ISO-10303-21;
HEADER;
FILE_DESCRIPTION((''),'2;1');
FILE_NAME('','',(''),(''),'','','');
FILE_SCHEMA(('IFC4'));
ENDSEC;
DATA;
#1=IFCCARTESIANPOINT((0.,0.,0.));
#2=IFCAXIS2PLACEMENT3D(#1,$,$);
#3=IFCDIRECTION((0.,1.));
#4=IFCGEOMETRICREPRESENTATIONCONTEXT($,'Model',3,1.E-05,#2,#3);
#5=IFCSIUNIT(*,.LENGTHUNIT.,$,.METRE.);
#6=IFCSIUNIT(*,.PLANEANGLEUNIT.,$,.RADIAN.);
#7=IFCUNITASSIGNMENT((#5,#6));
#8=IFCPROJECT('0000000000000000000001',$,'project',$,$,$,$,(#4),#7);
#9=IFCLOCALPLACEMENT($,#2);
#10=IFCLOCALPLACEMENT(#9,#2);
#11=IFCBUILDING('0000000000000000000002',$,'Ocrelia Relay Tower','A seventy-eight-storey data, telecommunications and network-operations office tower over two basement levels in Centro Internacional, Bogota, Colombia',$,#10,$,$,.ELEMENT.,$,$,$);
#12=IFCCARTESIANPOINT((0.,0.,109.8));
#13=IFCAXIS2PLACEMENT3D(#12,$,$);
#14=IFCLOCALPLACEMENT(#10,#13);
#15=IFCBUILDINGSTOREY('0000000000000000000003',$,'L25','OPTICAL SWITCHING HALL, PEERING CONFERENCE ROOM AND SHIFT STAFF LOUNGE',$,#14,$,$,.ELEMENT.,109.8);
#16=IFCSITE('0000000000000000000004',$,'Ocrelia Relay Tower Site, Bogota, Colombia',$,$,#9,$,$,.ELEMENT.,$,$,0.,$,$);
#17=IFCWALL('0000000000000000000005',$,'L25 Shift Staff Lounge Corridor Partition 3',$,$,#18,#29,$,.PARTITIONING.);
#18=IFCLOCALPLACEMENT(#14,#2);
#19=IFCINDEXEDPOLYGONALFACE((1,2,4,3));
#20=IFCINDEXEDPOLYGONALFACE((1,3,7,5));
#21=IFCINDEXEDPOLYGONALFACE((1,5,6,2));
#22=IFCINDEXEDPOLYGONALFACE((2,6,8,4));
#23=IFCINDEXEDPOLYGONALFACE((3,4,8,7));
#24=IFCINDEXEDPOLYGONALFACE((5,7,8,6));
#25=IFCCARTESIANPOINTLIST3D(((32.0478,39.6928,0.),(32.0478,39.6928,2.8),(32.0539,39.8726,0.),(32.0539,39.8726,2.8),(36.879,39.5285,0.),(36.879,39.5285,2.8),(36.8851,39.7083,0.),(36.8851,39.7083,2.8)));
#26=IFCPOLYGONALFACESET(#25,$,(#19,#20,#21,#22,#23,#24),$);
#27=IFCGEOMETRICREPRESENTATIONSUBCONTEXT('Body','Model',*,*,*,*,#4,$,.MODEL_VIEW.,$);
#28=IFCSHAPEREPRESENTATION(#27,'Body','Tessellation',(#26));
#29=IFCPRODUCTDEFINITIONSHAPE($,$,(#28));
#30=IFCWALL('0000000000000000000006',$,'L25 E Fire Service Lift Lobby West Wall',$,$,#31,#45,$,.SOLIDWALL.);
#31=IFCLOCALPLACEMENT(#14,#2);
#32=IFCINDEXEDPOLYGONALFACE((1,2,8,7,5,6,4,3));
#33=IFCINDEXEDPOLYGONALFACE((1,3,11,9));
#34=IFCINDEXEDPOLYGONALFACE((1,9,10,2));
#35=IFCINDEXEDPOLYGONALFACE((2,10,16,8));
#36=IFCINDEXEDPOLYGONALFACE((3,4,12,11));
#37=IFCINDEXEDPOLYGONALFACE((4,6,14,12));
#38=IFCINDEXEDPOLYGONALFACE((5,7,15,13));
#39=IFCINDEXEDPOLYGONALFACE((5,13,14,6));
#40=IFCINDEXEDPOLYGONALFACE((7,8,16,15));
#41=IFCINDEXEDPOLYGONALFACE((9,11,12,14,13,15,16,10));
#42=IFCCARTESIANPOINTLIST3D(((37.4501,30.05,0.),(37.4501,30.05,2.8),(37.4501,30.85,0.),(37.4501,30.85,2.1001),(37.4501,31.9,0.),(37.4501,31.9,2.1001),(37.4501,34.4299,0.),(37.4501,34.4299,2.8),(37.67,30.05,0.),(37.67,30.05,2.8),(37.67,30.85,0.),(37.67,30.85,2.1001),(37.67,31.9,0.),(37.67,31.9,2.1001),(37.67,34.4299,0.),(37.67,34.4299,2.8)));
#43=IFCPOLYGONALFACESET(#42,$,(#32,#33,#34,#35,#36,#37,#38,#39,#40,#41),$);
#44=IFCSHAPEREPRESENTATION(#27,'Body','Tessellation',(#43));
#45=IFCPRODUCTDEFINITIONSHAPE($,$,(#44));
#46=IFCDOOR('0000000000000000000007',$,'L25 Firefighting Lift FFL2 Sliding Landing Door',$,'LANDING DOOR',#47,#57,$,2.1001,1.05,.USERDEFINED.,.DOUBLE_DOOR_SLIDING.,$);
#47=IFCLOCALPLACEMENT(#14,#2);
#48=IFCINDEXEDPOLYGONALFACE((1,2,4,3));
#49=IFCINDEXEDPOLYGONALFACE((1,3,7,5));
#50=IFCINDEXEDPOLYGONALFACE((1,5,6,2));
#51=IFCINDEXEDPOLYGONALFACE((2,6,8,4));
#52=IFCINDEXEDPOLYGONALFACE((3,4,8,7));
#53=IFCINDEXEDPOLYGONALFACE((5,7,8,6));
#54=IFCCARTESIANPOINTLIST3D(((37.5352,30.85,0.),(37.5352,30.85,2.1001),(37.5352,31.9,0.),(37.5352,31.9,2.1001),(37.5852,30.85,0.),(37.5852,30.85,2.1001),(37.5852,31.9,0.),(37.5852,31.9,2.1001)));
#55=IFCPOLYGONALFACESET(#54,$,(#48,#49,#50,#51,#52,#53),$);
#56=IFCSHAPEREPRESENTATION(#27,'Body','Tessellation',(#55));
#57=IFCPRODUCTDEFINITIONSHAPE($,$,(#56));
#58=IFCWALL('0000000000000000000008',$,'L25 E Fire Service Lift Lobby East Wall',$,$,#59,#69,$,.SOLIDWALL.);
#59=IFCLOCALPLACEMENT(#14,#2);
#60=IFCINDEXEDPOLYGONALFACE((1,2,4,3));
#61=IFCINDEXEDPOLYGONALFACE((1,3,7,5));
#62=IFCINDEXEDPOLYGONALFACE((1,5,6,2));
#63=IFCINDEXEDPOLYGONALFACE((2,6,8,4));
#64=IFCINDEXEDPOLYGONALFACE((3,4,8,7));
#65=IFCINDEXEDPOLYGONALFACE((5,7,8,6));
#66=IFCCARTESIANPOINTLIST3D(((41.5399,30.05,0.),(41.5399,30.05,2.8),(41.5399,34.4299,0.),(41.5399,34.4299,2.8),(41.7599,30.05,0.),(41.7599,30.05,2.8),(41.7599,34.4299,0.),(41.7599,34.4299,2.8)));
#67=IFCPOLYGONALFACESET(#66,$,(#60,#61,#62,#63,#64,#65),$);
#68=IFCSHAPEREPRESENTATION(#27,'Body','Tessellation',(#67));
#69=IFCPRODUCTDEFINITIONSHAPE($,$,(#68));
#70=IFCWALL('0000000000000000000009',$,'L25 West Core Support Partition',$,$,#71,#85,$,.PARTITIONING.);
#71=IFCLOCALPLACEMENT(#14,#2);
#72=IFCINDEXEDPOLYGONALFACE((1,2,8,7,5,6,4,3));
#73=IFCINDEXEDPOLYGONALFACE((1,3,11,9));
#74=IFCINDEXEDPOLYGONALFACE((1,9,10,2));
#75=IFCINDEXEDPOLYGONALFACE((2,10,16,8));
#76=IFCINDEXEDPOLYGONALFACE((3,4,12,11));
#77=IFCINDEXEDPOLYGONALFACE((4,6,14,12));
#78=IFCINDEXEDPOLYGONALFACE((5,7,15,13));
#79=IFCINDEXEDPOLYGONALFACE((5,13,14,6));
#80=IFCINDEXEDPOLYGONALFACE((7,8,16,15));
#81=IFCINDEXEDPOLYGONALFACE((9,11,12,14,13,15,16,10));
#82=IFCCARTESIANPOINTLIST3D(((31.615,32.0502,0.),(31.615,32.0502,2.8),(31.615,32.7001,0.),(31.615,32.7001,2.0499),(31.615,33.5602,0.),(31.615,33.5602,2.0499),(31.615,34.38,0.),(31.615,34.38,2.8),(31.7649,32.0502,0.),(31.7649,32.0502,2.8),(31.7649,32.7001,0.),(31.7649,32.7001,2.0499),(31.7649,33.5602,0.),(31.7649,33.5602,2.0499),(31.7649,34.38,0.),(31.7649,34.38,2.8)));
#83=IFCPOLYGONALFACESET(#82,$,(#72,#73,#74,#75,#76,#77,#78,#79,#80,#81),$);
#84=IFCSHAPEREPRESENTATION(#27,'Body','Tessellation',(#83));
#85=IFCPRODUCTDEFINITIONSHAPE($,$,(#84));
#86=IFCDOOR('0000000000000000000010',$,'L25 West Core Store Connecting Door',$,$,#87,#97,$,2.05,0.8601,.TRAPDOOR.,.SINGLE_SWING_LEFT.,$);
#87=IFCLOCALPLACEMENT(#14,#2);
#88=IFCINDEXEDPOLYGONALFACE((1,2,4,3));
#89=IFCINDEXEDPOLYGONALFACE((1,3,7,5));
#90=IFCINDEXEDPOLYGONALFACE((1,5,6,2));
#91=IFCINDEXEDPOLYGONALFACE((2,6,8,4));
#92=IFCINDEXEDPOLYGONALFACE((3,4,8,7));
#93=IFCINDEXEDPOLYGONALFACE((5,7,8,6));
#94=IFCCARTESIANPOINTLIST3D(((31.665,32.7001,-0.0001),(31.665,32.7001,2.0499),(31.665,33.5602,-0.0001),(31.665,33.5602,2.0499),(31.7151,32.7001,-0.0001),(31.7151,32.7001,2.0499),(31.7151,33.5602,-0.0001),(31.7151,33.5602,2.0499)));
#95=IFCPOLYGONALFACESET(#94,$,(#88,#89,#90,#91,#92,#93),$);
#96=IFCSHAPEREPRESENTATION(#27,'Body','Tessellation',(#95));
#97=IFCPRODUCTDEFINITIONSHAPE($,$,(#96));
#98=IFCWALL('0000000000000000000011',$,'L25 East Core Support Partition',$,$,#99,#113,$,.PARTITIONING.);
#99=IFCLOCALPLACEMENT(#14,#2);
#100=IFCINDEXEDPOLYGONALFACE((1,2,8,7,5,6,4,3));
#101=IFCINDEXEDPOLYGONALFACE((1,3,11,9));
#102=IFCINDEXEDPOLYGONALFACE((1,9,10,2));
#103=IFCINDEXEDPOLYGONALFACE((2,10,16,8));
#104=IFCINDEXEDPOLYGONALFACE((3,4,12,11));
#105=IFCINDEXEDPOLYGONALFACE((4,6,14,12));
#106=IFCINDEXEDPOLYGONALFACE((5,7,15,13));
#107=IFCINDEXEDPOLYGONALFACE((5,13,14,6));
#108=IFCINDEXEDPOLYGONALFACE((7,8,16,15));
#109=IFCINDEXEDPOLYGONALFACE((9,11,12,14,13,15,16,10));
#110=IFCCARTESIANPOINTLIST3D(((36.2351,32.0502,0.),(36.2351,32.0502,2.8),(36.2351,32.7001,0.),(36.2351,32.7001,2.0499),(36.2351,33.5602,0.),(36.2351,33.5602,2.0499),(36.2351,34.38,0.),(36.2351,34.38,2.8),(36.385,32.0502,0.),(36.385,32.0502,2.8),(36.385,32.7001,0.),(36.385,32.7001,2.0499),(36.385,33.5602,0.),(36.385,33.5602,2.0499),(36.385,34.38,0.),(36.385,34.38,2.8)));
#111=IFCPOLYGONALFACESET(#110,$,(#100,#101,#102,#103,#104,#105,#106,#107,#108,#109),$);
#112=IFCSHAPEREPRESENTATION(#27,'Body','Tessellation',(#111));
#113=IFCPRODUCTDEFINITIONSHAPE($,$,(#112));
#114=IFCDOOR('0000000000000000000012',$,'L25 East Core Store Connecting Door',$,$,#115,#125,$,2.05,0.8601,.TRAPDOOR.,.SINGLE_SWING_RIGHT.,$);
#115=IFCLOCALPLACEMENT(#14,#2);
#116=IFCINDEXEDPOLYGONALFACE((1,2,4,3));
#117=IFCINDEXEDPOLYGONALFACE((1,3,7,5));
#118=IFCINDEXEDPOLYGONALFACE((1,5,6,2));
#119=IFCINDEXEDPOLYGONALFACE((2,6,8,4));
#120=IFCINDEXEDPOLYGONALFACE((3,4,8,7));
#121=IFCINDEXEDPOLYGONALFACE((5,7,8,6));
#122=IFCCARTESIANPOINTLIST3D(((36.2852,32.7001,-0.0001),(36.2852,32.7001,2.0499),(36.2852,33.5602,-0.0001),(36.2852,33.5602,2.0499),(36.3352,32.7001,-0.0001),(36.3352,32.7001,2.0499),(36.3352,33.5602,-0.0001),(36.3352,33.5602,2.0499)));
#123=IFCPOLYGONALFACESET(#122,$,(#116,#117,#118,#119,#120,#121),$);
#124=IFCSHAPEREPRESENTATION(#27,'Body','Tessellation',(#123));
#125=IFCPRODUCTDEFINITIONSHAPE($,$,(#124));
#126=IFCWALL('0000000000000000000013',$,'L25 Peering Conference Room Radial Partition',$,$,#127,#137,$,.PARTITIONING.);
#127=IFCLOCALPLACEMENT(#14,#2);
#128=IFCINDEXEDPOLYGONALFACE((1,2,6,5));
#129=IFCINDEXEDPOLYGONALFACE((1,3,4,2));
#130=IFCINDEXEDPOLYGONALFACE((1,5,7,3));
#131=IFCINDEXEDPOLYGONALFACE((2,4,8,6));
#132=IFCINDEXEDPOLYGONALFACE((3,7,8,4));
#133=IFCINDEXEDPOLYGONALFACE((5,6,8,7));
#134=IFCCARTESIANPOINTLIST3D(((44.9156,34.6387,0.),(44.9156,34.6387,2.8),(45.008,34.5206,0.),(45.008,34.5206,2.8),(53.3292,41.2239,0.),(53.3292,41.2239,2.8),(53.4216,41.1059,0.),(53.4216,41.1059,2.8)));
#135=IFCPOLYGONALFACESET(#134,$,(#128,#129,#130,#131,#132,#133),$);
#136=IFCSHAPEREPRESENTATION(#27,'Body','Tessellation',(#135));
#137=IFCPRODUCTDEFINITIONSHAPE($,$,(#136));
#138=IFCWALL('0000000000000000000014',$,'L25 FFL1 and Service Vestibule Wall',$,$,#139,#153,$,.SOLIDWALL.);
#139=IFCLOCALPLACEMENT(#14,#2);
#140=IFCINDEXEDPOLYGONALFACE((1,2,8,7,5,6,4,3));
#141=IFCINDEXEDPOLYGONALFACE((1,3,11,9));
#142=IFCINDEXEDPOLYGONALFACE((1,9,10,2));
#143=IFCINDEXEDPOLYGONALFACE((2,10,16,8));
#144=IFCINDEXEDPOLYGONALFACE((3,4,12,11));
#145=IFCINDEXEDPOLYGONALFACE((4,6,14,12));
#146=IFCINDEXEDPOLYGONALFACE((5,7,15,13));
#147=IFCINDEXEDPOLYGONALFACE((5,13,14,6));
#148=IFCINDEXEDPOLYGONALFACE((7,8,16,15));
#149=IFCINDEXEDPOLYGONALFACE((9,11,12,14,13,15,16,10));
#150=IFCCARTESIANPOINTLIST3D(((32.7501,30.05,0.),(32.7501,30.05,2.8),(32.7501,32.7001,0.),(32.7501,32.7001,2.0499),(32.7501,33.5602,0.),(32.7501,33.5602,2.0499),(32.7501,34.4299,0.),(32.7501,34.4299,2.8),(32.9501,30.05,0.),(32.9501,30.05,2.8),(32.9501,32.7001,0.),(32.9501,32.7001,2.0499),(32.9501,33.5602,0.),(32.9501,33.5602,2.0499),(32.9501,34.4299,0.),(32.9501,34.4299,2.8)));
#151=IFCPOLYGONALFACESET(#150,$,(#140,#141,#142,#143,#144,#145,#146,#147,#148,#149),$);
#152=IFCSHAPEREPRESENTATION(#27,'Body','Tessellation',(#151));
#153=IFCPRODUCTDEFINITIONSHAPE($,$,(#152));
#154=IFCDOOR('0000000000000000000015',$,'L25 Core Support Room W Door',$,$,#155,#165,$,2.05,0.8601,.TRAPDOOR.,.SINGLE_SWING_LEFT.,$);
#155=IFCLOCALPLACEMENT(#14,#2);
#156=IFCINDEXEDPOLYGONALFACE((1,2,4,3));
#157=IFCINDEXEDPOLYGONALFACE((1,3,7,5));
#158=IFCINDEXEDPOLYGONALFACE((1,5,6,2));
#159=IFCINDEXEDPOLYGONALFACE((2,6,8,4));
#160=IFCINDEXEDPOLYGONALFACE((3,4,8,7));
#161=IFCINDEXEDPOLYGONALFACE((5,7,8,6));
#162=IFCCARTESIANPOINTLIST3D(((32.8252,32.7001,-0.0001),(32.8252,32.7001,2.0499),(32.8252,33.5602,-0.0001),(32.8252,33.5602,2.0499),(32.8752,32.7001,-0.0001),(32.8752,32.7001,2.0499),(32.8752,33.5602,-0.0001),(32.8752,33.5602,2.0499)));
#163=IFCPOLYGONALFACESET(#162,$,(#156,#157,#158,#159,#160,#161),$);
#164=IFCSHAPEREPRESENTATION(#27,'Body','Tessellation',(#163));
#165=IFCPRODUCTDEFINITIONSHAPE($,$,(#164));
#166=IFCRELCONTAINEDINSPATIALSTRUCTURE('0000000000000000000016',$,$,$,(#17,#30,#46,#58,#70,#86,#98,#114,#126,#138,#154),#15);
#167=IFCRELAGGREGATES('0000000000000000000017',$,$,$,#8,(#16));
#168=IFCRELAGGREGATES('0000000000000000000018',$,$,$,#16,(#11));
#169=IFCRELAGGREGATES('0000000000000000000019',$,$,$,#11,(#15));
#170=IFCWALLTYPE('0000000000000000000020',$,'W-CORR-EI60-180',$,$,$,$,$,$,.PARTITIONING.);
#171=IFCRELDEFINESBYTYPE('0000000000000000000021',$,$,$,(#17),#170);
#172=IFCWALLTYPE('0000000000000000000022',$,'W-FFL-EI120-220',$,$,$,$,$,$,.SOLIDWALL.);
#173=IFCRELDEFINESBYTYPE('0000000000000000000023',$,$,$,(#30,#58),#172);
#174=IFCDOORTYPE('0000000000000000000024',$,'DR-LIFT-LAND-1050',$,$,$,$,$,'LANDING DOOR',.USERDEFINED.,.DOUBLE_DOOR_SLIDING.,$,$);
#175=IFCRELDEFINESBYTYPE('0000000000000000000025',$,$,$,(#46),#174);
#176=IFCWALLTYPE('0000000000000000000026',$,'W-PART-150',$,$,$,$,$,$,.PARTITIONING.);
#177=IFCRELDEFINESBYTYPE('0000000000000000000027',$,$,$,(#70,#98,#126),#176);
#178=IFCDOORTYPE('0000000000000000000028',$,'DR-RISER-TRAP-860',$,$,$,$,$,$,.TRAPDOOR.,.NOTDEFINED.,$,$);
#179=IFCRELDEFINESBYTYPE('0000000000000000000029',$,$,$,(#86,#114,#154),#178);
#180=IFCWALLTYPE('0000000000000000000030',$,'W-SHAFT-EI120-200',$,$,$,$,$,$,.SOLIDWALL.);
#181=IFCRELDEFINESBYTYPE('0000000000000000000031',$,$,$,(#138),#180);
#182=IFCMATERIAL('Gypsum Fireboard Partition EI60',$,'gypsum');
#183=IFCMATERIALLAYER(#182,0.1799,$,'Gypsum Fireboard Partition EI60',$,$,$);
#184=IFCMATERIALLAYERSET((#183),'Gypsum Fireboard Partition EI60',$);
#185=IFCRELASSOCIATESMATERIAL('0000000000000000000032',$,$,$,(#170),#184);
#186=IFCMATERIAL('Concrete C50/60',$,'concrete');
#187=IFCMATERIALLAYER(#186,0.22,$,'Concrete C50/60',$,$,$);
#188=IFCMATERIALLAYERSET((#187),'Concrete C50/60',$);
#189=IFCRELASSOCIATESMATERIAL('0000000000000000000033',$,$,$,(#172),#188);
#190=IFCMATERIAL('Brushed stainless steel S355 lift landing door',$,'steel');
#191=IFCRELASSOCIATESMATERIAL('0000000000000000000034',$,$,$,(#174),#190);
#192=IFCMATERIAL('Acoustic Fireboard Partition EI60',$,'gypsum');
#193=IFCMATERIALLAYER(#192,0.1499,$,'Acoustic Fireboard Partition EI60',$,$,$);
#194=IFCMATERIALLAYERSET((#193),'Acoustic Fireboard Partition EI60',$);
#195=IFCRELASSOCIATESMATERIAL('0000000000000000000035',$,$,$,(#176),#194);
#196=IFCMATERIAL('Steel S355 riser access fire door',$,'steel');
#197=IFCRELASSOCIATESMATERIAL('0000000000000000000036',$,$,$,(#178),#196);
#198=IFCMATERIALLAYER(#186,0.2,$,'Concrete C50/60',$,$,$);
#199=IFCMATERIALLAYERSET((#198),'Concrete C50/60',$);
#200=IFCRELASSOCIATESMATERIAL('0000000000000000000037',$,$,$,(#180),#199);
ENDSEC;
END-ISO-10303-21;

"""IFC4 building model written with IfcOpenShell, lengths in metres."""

from ifc_helpers import new_model, si_unit, direction, frame, frame_2d, origin, place, context, subcontext, project, spatial, rectangle, extrude, material, layer, layer_set, type_object, element, fill, save


model = new_model("IFC4")

# Units and contexts
model_context = context("Model", 3, precision=1e-05, world=origin(), true_north=direction((0.0, 1.0)))
body_context = subcontext(model_context, "Body", "Model", "MODEL_VIEW")
ifc_project = project(units=[si_unit("LENGTHUNIT", "METRE"), si_unit("PLANEANGLEUNIT", "RADIAN")], contexts=[model_context])

# Site, building, storey
site_placement = place(None, origin())
site = spatial("IfcSite", under=ifc_project, at=site_placement, Name="Ocrelia Relay Tower Site, Bogota, Colombia", CompositionType="ELEMENT", RefElevation=0.0)
building_placement = place(site_placement, origin())
building = spatial("IfcBuilding", under=site, at=building_placement, Name="Ocrelia Relay Tower", Description="A seventy-eight-storey data, telecommunications and network-operations office tower over two basement levels in Centro Internacional, Bogota, Colombia", CompositionType="ELEMENT")
storey_placement = place(building_placement, frame((0.0, 0.0, 109.8)))
storey = spatial("IfcBuildingStorey", under=building, at=storey_placement, Name="L25", Description="OPTICAL SWITCHING HALL, PEERING CONFERENCE ROOM AND SHIFT STAFF LOUNGE", CompositionType="ELEMENT", Elevation=109.8)

# Shared definitions
ifc_material_1 = material(Name="Gypsum Fireboard Partition EI60", Category="gypsum")
ifc_layer_1 = layer(ifc_material_1, 0.1799, Name="Gypsum Fireboard Partition EI60")
ifc_layer_set_1 = layer_set([ifc_layer_1], Name="Gypsum Fireboard Partition EI60")
wall_type_1 = type_object("IfcWallType", Name="W-CORR-EI60-180", PredefinedType="PARTITIONING", material=ifc_layer_set_1)

# Wall
wall_1_placement = place(storey_placement, frame((36.8821, 39.6184, 0.0), z_axis=(0.0, 0.0, 1.0), x_axis=(-0.999422, 0.033989, 0.0)))
element("IfcWall", 1, at=wall_1_placement, inside=storey, type_object=wall_type_1, Name="L25 Shift Staff Lounge Corridor Partition 3", PredefinedType="PARTITIONING", context=body_context, shape_type="SweptSolid", body=[
    extrude(rectangle(XDim=4.834, YDim=0.1799, at=frame_2d((2.417, 0.0))), origin(), (0.0, 0.0, 1.0), 2.8),
])

# Wall, opening, door
ifc_material_2 = material(Name="Concrete C50/60", Category="concrete")
ifc_layer_2 = layer(ifc_material_2, 0.22, Name="Concrete C50/60")
ifc_layer_set_2 = layer_set([ifc_layer_2], Name="Concrete C50/60")
wall_type_2 = type_object("IfcWallType", Name="W-FFL-EI120-220", PredefinedType="SOLIDWALL", material=ifc_layer_set_2)
wall_2_placement = place(storey_placement, frame((37.5601, 30.05, 0.0), z_axis=(0.0, 0.0, 1.0), x_axis=(0.0, 1.0, 0.0)))
wall_2 = element("IfcWall", 2, at=wall_2_placement, inside=storey, type_object=wall_type_2, Name="L25 E Fire Service Lift Lobby West Wall", PredefinedType="SOLIDWALL", context=body_context, shape_type="SweptSolid", body=[
    extrude(rectangle(XDim=4.3799, YDim=0.22, at=frame_2d((2.1899, 0.0))), origin(), (0.0, 0.0, 1.0), 2.8),
])
opening_1_placement = place(wall_2_placement, frame((0.8, 0.0, 0.0)))
opening_1 = element("IfcOpeningElement", 3, at=opening_1_placement, cuts=wall_2, PredefinedType="OPENING", context=body_context, shape_type="SweptSolid", body=[
    extrude(rectangle(XDim=1.05, YDim=2.1001, at=frame_2d((0.5249, 1.05))), frame((0.0, 0.1201, 0.0), z_axis=(0.0, -1.0, 0.0), x_axis=(1.0, 0.0, 0.0)), (0.0, 0.0, 1.0), 0.24),
])
ifc_material_3 = material(Name="Brushed stainless steel S355 lift landing door", Category="steel")
door_type_1 = type_object("IfcDoorType", Name="DR-LIFT-LAND-1050", ElementType="LANDING DOOR", OperationType="DOUBLE_DOOR_SLIDING", PredefinedType="USERDEFINED", material=ifc_material_3)
door_1_placement = place(opening_1_placement, origin())
door_1 = element("IfcDoor", 4, at=door_1_placement, inside=storey, type_object=door_type_1, Name="L25 Firefighting Lift FFL2 Sliding Landing Door", ObjectType="LANDING DOOR", OperationType="DOUBLE_DOOR_SLIDING", OverallHeight=2.1001, OverallWidth=1.05, PredefinedType="USERDEFINED", context=body_context, shape_type="SweptSolid", body=[
    extrude(rectangle(XDim=1.05, YDim=2.1001, at=frame_2d((0.5249, 1.05))), frame((0.0, 0.0249, 0.0), z_axis=(0.0, -1.0, 0.0), x_axis=(1.0, 0.0, 0.0)), (0.0, 0.0, 1.0), 0.05),
])
fill(opening_1, door_1)

# Wall
wall_3_placement = place(storey_placement, frame((41.6499, 30.05, 0.0), z_axis=(0.0, 0.0, 1.0), x_axis=(0.0, 1.0, 0.0)))
element("IfcWall", 5, at=wall_3_placement, inside=storey, type_object=wall_type_2, Name="L25 E Fire Service Lift Lobby East Wall", PredefinedType="SOLIDWALL", context=body_context, shape_type="SweptSolid", body=[
    extrude(rectangle(XDim=4.3799, YDim=0.22, at=frame_2d((2.1899, 0.0))), origin(), (0.0, 0.0, 1.0), 2.8),
])

# Walls, openings, doors
ifc_material_4 = material(Name="Acoustic Fireboard Partition EI60", Category="gypsum")
ifc_layer_3 = layer(ifc_material_4, 0.1499, Name="Acoustic Fireboard Partition EI60")
ifc_layer_set_3 = layer_set([ifc_layer_3], Name="Acoustic Fireboard Partition EI60")
wall_type_3 = type_object("IfcWallType", Name="W-PART-150", PredefinedType="PARTITIONING", material=ifc_layer_set_3)
wall_4_placement = place(storey_placement, frame((31.6899, 32.05, 0.0), z_axis=(0.0, 0.0, 1.0), x_axis=(0.0, 1.0, 0.0)))
wall_4 = element("IfcWall", 6, at=wall_4_placement, inside=storey, type_object=wall_type_3, Name="L25 West Core Support Partition", PredefinedType="PARTITIONING", context=body_context, shape_type="SweptSolid", body=[
    extrude(rectangle(XDim=2.3298, YDim=0.1499, at=frame_2d((1.165, 0.0))), origin(), (0.0, 0.0, 1.0), 2.8),
])
opening_2_placement = place(wall_4_placement, frame((0.6499, 0.0, 0.0)))
opening_2 = element("IfcOpeningElement", 7, at=opening_2_placement, cuts=wall_4, PredefinedType="OPENING", context=body_context, shape_type="SweptSolid", body=[
    extrude(rectangle(XDim=0.8601, YDim=2.05, at=frame_2d((0.4302, 1.0249))), frame((0.0, 0.085, 0.0), z_axis=(0.0, -1.0, 0.0), x_axis=(1.0, 0.0, 0.0)), (0.0, 0.0, 1.0), 0.1699),
])
ifc_material_5 = material(Name="Steel S355 riser access fire door", Category="steel")
door_type_2 = type_object("IfcDoorType", Name="DR-RISER-TRAP-860", OperationType="NOTDEFINED", PredefinedType="TRAPDOOR", material=ifc_material_5)
door_2_placement = place(opening_2_placement, origin())
door_2 = element("IfcDoor", 8, at=door_2_placement, inside=storey, type_object=door_type_2, Name="L25 West Core Store Connecting Door", OperationType="SINGLE_SWING_LEFT", OverallHeight=2.05, OverallWidth=0.8601, PredefinedType="TRAPDOOR", context=body_context, shape_type="SweptSolid", body=[
    extrude(rectangle(XDim=0.8601, YDim=2.05, at=frame_2d((0.4302, 1.0249))), frame((0.0, 0.0249, 0.0), z_axis=(0.0, -1.0, 0.0), x_axis=(1.0, 0.0, 0.0)), (0.0, 0.0, 1.0), 0.05),
])
fill(opening_2, door_2)
wall_5_placement = place(storey_placement, frame((36.3101, 32.05, 0.0), z_axis=(0.0, 0.0, 1.0), x_axis=(0.0, 1.0, 0.0)))
wall_5 = element("IfcWall", 9, at=wall_5_placement, inside=storey, type_object=wall_type_3, Name="L25 East Core Support Partition", PredefinedType="PARTITIONING", context=body_context, shape_type="SweptSolid", body=[
    extrude(rectangle(XDim=2.3298, YDim=0.1499, at=frame_2d((1.165, 0.0))), origin(), (0.0, 0.0, 1.0), 2.8),
])
opening_3_placement = place(wall_5_placement, frame((0.6499, 0.0, 0.0)))
opening_3 = element("IfcOpeningElement", 10, at=opening_3_placement, cuts=wall_5, PredefinedType="OPENING", context=body_context, shape_type="SweptSolid", body=[
    extrude(rectangle(XDim=0.8601, YDim=2.05, at=frame_2d((0.4302, 1.0249))), frame((0.0, 0.085, 0.0), z_axis=(0.0, -1.0, 0.0), x_axis=(1.0, 0.0, 0.0)), (0.0, 0.0, 1.0), 0.1699),
])
door_3_placement = place(opening_3_placement, origin())
door_3 = element("IfcDoor", 11, at=door_3_placement, inside=storey, type_object=door_type_2, Name="L25 East Core Store Connecting Door", OperationType="SINGLE_SWING_RIGHT", OverallHeight=2.05, OverallWidth=0.8601, PredefinedType="TRAPDOOR", context=body_context, shape_type="SweptSolid", body=[
    extrude(rectangle(XDim=0.8601, YDim=2.05, at=frame_2d((0.4302, 1.0249))), frame((0.0, 0.0249, 0.0), z_axis=(0.0, -1.0, 0.0), x_axis=(1.0, 0.0, 0.0)), (0.0, 0.0, 1.0), 0.05),
])
fill(opening_3, door_3)

# Wall
wall_6_placement = place(storey_placement, frame((44.9617, 34.5796, 0.0), z_axis=(0.0, 0.0, 1.0), x_axis=(0.787475, 0.616347, 0.0)))
element("IfcWall", 12, at=wall_6_placement, inside=storey, type_object=wall_type_3, Name="L25 Peering Conference Room Radial Partition", PredefinedType="PARTITIONING", context=body_context, shape_type="SweptSolid", body=[
    extrude(rectangle(XDim=10.6843, YDim=0.1499, at=frame_2d((5.3423, 0.0))), origin(), (0.0, 0.0, 1.0), 2.8),
])

# Wall, opening, door
ifc_layer_4 = layer(ifc_material_2, 0.2, Name="Concrete C50/60")
ifc_layer_set_4 = layer_set([ifc_layer_4], Name="Concrete C50/60")
wall_type_4 = type_object("IfcWallType", Name="W-SHAFT-EI120-200", PredefinedType="SOLIDWALL", material=ifc_layer_set_4)
wall_7_placement = place(storey_placement, frame((32.8501, 30.05, 0.0), z_axis=(0.0, 0.0, 1.0), x_axis=(0.0, 1.0, 0.0)))
wall_7 = element("IfcWall", 13, at=wall_7_placement, inside=storey, type_object=wall_type_4, Name="L25 FFL1 and Service Vestibule Wall", PredefinedType="SOLIDWALL", context=body_context, shape_type="SweptSolid", body=[
    extrude(rectangle(XDim=4.3799, YDim=0.2, at=frame_2d((2.1899, 0.0))), origin(), (0.0, 0.0, 1.0), 2.8),
])
opening_4_placement = place(wall_7_placement, frame((2.6499, 0.0, 0.0)))
opening_4 = element("IfcOpeningElement", 14, at=opening_4_placement, cuts=wall_7, PredefinedType="OPENING", context=body_context, shape_type="SweptSolid", body=[
    extrude(rectangle(XDim=0.8601, YDim=2.05, at=frame_2d((0.4302, 1.0249))), frame((0.0, 0.1099, 0.0), z_axis=(0.0, -1.0, 0.0), x_axis=(1.0, 0.0, 0.0)), (0.0, 0.0, 1.0), 0.22),
])
door_4_placement = place(opening_4_placement, origin())
door_4 = element("IfcDoor", 15, at=door_4_placement, inside=storey, type_object=door_type_2, Name="L25 Core Support Room W Door", OperationType="SINGLE_SWING_LEFT", OverallHeight=2.05, OverallWidth=0.8601, PredefinedType="TRAPDOOR", context=body_context, shape_type="SweptSolid", body=[
    extrude(rectangle(XDim=0.8601, YDim=2.05, at=frame_2d((0.4302, 1.0249))), frame((0.0, 0.0249, 0.0), z_axis=(0.0, -1.0, 0.0), x_axis=(1.0, 0.0, 0.0)), (0.0, 0.0, 1.0), 0.05),
])
fill(opening_4, door_4)

save(model, "model.ifc")
